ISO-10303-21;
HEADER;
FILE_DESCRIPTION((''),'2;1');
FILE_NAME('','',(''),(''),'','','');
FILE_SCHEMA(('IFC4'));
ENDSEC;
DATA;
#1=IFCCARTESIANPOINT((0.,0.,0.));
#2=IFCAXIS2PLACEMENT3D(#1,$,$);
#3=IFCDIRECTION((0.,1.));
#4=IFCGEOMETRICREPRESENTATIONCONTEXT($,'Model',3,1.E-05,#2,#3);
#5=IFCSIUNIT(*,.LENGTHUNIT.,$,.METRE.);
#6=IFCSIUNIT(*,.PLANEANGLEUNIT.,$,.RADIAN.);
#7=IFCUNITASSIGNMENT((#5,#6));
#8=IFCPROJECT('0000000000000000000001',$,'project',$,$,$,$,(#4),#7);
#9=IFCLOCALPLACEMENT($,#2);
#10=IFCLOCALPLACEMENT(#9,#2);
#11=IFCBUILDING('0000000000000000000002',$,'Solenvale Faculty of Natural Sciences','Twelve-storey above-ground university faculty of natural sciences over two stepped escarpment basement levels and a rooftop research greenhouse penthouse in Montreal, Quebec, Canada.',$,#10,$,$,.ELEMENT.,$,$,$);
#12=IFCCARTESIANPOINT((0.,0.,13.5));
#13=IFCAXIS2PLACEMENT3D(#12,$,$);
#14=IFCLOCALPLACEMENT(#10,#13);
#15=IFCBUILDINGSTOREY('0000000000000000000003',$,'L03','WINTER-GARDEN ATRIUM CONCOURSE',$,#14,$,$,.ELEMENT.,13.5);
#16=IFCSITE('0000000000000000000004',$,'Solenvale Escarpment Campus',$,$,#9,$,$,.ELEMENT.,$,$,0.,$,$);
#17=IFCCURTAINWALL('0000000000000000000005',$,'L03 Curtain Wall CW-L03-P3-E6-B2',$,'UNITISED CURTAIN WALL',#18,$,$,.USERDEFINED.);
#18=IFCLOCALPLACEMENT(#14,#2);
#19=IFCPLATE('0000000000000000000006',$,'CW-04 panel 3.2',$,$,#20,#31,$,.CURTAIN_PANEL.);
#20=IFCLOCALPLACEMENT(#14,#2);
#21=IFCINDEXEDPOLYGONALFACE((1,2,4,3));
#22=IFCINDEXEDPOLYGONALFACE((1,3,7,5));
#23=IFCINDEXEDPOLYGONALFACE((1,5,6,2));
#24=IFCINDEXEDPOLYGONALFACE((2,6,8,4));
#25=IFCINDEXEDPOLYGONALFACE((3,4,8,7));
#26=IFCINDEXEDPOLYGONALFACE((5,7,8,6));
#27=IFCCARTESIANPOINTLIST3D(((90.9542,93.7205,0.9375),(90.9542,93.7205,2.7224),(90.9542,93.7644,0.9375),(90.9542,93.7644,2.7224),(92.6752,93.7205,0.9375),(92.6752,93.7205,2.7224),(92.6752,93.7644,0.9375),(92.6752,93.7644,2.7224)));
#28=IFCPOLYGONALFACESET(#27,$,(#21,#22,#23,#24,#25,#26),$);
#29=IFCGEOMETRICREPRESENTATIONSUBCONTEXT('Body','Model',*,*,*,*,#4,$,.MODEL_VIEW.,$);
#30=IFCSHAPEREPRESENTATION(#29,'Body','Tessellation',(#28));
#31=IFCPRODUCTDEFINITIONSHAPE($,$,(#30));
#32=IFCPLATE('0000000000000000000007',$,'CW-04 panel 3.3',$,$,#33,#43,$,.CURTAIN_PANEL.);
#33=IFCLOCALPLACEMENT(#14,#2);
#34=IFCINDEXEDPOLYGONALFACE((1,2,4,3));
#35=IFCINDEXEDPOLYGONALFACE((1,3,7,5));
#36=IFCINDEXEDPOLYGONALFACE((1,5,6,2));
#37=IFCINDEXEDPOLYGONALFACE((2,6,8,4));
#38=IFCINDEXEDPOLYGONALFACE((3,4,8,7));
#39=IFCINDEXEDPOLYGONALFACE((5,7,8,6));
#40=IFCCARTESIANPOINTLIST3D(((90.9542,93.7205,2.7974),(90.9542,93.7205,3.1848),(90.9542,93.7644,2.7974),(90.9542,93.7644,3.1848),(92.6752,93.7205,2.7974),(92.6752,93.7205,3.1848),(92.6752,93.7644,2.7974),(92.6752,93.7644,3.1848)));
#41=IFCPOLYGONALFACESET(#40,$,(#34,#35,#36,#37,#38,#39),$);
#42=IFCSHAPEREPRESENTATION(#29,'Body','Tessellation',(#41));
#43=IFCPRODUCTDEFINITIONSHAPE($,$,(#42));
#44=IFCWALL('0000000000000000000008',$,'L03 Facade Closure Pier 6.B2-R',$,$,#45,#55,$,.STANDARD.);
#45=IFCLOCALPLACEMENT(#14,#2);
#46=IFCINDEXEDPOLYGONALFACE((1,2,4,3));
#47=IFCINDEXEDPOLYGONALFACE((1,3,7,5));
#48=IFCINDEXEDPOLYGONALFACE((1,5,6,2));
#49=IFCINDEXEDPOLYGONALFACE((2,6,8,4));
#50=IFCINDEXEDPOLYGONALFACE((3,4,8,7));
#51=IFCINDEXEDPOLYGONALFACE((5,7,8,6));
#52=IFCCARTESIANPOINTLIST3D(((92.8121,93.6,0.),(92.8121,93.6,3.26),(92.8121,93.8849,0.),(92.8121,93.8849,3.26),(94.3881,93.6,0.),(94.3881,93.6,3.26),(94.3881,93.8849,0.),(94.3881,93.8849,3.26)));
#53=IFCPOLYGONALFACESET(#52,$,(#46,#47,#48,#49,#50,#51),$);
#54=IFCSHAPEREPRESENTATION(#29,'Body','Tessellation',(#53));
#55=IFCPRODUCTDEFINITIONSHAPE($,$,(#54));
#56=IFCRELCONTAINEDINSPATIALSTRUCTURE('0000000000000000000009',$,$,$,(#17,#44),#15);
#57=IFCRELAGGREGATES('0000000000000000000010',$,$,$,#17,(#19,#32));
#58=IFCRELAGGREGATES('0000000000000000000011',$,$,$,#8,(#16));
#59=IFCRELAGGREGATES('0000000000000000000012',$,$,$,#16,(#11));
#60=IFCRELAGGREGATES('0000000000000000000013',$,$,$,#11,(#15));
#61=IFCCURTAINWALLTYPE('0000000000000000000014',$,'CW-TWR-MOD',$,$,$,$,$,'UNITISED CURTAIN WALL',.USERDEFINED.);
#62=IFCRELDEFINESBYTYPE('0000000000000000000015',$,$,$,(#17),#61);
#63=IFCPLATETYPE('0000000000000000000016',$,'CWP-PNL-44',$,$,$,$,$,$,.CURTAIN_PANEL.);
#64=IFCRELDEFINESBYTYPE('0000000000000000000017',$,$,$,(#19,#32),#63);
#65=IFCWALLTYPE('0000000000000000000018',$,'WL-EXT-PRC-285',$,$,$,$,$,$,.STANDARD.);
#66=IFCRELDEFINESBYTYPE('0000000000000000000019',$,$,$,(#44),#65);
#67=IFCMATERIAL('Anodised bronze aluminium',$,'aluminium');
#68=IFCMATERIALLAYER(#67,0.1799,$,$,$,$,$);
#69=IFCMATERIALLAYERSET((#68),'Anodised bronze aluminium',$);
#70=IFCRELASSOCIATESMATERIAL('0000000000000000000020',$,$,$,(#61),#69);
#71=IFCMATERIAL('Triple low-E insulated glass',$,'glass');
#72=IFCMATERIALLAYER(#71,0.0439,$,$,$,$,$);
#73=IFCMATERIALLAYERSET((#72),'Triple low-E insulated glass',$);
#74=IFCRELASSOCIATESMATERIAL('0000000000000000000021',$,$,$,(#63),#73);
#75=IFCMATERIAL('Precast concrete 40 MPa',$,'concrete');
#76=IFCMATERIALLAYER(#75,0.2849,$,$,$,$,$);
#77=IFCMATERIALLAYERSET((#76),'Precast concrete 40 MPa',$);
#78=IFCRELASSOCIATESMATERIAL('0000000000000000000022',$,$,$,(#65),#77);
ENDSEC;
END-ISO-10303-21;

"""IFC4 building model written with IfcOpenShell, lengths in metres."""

from ifc_helpers import new_model, si_unit, direction, frame, frame_2d, origin, origin_2d, place, context, subcontext, project, spatial, rectangle, extrude, material, layer, layer_set, type_object, element, aggregate, save


model = new_model("IFC4")

# Units and contexts
model_context = context("Model", 3, precision=1e-05, world=origin(), true_north=direction((0.0, 1.0)))
body_context = subcontext(model_context, "Body", "Model", "MODEL_VIEW")
ifc_project = project(units=[si_unit("LENGTHUNIT", "METRE"), si_unit("PLANEANGLEUNIT", "RADIAN")], contexts=[model_context])

# Site, building, storey
site_placement = place(None, origin())
site = spatial("IfcSite", under=ifc_project, at=site_placement, Name="Solenvale Escarpment Campus", CompositionType="ELEMENT", RefElevation=0.0)
building_placement = place(site_placement, origin())
building = spatial("IfcBuilding", under=site, at=building_placement, Name="Solenvale Faculty of Natural Sciences", Description="Twelve-storey above-ground university faculty of natural sciences over two stepped escarpment basement levels and a rooftop research greenhouse penthouse in Montreal, Quebec, Canada.", CompositionType="ELEMENT")
storey_placement = place(building_placement, frame((0.0, 0.0, 13.5)))
storey = spatial("IfcBuildingStorey", under=building, at=storey_placement, Name="L03", Description="WINTER-GARDEN ATRIUM CONCOURSE", CompositionType="ELEMENT", Elevation=13.5)

# Curtain wall
ifc_material_1 = material(Name="Anodised bronze aluminium", Category="aluminium")
ifc_layer_1 = layer(ifc_material_1, 0.1799)
ifc_layer_set_1 = layer_set([ifc_layer_1], Name="Anodised bronze aluminium")
curtain_wall_type = type_object("IfcCurtainWallType", Name="CW-TWR-MOD", ElementType="UNITISED CURTAIN WALL", PredefinedType="USERDEFINED", material=ifc_layer_set_1)
curtain_wall_1_placement = place(storey_placement, origin())
curtain_wall_1 = element("IfcCurtainWall", 1, at=curtain_wall_1_placement, inside=storey, type_object=curtain_wall_type, Name="L03 Curtain Wall CW-L03-P3-E6-B2", ObjectType="UNITISED CURTAIN WALL", PredefinedType="USERDEFINED")

# Plates
ifc_material_2 = material(Name="Triple low-E insulated glass", Category="glass")
ifc_layer_2 = layer(ifc_material_2, 0.0439)
ifc_layer_set_2 = layer_set([ifc_layer_2], Name="Triple low-E insulated glass")
plate_type = type_object("IfcPlateType", Name="CWP-PNL-44", PredefinedType="CURTAIN_PANEL", material=ifc_layer_set_2)
plate_1_placement = place(storey_placement, frame((91.8147, 93.7424, 0.9375), z_axis=(0.0, 0.0, 1.0), x_axis=(1.0, 0.0, 0.0)))
plate_1 = element("IfcPlate", 2, at=plate_1_placement, type_object=plate_type, Name="CW-04 panel 3.2", PredefinedType="CURTAIN_PANEL", context=body_context, shape_type="SweptSolid", body=[
    extrude(rectangle(XDim=1.7209, YDim=0.0439, at=origin_2d()), origin(), (0.0, 0.0, 1.0), 1.7849),
])
plate_2_placement = place(storey_placement, frame((91.8147, 93.7424, 2.7974), z_axis=(0.0, 0.0, 1.0), x_axis=(1.0, 0.0, 0.0)))
plate_2 = element("IfcPlate", 3, at=plate_2_placement, type_object=plate_type, Name="CW-04 panel 3.3", PredefinedType="CURTAIN_PANEL", context=body_context, shape_type="SweptSolid", body=[
    extrude(rectangle(XDim=1.7209, YDim=0.0439, at=origin_2d()), origin(), (0.0, 0.0, 1.0), 0.3875),
])
aggregate(curtain_wall_1, [plate_1, plate_2])

# Wall
ifc_material_3 = material(Name="Precast concrete 40 MPa", Category="concrete")
ifc_layer_3 = layer(ifc_material_3, 0.2849)
ifc_layer_set_3 = layer_set([ifc_layer_3], Name="Precast concrete 40 MPa")
wall_type = type_object("IfcWallType", Name="WL-EXT-PRC-285", PredefinedType="STANDARD", material=ifc_layer_set_3)
wall_placement = place(storey_placement, frame((92.812, 93.7424, 0.0), z_axis=(0.0, 0.0, 1.0), x_axis=(1.0, 0.0, 0.0)))
element("IfcWall", 4, at=wall_placement, inside=storey, type_object=wall_type, Name="L03 Facade Closure Pier 6.B2-R", PredefinedType="STANDARD", context=body_context, shape_type="SweptSolid", body=[
    extrude(rectangle(XDim=1.5759, YDim=0.2849, at=frame_2d((0.7881, 0.0))), origin(), (0.0, 0.0, 1.0), 3.26),
])

save(model, "model.ifc")
